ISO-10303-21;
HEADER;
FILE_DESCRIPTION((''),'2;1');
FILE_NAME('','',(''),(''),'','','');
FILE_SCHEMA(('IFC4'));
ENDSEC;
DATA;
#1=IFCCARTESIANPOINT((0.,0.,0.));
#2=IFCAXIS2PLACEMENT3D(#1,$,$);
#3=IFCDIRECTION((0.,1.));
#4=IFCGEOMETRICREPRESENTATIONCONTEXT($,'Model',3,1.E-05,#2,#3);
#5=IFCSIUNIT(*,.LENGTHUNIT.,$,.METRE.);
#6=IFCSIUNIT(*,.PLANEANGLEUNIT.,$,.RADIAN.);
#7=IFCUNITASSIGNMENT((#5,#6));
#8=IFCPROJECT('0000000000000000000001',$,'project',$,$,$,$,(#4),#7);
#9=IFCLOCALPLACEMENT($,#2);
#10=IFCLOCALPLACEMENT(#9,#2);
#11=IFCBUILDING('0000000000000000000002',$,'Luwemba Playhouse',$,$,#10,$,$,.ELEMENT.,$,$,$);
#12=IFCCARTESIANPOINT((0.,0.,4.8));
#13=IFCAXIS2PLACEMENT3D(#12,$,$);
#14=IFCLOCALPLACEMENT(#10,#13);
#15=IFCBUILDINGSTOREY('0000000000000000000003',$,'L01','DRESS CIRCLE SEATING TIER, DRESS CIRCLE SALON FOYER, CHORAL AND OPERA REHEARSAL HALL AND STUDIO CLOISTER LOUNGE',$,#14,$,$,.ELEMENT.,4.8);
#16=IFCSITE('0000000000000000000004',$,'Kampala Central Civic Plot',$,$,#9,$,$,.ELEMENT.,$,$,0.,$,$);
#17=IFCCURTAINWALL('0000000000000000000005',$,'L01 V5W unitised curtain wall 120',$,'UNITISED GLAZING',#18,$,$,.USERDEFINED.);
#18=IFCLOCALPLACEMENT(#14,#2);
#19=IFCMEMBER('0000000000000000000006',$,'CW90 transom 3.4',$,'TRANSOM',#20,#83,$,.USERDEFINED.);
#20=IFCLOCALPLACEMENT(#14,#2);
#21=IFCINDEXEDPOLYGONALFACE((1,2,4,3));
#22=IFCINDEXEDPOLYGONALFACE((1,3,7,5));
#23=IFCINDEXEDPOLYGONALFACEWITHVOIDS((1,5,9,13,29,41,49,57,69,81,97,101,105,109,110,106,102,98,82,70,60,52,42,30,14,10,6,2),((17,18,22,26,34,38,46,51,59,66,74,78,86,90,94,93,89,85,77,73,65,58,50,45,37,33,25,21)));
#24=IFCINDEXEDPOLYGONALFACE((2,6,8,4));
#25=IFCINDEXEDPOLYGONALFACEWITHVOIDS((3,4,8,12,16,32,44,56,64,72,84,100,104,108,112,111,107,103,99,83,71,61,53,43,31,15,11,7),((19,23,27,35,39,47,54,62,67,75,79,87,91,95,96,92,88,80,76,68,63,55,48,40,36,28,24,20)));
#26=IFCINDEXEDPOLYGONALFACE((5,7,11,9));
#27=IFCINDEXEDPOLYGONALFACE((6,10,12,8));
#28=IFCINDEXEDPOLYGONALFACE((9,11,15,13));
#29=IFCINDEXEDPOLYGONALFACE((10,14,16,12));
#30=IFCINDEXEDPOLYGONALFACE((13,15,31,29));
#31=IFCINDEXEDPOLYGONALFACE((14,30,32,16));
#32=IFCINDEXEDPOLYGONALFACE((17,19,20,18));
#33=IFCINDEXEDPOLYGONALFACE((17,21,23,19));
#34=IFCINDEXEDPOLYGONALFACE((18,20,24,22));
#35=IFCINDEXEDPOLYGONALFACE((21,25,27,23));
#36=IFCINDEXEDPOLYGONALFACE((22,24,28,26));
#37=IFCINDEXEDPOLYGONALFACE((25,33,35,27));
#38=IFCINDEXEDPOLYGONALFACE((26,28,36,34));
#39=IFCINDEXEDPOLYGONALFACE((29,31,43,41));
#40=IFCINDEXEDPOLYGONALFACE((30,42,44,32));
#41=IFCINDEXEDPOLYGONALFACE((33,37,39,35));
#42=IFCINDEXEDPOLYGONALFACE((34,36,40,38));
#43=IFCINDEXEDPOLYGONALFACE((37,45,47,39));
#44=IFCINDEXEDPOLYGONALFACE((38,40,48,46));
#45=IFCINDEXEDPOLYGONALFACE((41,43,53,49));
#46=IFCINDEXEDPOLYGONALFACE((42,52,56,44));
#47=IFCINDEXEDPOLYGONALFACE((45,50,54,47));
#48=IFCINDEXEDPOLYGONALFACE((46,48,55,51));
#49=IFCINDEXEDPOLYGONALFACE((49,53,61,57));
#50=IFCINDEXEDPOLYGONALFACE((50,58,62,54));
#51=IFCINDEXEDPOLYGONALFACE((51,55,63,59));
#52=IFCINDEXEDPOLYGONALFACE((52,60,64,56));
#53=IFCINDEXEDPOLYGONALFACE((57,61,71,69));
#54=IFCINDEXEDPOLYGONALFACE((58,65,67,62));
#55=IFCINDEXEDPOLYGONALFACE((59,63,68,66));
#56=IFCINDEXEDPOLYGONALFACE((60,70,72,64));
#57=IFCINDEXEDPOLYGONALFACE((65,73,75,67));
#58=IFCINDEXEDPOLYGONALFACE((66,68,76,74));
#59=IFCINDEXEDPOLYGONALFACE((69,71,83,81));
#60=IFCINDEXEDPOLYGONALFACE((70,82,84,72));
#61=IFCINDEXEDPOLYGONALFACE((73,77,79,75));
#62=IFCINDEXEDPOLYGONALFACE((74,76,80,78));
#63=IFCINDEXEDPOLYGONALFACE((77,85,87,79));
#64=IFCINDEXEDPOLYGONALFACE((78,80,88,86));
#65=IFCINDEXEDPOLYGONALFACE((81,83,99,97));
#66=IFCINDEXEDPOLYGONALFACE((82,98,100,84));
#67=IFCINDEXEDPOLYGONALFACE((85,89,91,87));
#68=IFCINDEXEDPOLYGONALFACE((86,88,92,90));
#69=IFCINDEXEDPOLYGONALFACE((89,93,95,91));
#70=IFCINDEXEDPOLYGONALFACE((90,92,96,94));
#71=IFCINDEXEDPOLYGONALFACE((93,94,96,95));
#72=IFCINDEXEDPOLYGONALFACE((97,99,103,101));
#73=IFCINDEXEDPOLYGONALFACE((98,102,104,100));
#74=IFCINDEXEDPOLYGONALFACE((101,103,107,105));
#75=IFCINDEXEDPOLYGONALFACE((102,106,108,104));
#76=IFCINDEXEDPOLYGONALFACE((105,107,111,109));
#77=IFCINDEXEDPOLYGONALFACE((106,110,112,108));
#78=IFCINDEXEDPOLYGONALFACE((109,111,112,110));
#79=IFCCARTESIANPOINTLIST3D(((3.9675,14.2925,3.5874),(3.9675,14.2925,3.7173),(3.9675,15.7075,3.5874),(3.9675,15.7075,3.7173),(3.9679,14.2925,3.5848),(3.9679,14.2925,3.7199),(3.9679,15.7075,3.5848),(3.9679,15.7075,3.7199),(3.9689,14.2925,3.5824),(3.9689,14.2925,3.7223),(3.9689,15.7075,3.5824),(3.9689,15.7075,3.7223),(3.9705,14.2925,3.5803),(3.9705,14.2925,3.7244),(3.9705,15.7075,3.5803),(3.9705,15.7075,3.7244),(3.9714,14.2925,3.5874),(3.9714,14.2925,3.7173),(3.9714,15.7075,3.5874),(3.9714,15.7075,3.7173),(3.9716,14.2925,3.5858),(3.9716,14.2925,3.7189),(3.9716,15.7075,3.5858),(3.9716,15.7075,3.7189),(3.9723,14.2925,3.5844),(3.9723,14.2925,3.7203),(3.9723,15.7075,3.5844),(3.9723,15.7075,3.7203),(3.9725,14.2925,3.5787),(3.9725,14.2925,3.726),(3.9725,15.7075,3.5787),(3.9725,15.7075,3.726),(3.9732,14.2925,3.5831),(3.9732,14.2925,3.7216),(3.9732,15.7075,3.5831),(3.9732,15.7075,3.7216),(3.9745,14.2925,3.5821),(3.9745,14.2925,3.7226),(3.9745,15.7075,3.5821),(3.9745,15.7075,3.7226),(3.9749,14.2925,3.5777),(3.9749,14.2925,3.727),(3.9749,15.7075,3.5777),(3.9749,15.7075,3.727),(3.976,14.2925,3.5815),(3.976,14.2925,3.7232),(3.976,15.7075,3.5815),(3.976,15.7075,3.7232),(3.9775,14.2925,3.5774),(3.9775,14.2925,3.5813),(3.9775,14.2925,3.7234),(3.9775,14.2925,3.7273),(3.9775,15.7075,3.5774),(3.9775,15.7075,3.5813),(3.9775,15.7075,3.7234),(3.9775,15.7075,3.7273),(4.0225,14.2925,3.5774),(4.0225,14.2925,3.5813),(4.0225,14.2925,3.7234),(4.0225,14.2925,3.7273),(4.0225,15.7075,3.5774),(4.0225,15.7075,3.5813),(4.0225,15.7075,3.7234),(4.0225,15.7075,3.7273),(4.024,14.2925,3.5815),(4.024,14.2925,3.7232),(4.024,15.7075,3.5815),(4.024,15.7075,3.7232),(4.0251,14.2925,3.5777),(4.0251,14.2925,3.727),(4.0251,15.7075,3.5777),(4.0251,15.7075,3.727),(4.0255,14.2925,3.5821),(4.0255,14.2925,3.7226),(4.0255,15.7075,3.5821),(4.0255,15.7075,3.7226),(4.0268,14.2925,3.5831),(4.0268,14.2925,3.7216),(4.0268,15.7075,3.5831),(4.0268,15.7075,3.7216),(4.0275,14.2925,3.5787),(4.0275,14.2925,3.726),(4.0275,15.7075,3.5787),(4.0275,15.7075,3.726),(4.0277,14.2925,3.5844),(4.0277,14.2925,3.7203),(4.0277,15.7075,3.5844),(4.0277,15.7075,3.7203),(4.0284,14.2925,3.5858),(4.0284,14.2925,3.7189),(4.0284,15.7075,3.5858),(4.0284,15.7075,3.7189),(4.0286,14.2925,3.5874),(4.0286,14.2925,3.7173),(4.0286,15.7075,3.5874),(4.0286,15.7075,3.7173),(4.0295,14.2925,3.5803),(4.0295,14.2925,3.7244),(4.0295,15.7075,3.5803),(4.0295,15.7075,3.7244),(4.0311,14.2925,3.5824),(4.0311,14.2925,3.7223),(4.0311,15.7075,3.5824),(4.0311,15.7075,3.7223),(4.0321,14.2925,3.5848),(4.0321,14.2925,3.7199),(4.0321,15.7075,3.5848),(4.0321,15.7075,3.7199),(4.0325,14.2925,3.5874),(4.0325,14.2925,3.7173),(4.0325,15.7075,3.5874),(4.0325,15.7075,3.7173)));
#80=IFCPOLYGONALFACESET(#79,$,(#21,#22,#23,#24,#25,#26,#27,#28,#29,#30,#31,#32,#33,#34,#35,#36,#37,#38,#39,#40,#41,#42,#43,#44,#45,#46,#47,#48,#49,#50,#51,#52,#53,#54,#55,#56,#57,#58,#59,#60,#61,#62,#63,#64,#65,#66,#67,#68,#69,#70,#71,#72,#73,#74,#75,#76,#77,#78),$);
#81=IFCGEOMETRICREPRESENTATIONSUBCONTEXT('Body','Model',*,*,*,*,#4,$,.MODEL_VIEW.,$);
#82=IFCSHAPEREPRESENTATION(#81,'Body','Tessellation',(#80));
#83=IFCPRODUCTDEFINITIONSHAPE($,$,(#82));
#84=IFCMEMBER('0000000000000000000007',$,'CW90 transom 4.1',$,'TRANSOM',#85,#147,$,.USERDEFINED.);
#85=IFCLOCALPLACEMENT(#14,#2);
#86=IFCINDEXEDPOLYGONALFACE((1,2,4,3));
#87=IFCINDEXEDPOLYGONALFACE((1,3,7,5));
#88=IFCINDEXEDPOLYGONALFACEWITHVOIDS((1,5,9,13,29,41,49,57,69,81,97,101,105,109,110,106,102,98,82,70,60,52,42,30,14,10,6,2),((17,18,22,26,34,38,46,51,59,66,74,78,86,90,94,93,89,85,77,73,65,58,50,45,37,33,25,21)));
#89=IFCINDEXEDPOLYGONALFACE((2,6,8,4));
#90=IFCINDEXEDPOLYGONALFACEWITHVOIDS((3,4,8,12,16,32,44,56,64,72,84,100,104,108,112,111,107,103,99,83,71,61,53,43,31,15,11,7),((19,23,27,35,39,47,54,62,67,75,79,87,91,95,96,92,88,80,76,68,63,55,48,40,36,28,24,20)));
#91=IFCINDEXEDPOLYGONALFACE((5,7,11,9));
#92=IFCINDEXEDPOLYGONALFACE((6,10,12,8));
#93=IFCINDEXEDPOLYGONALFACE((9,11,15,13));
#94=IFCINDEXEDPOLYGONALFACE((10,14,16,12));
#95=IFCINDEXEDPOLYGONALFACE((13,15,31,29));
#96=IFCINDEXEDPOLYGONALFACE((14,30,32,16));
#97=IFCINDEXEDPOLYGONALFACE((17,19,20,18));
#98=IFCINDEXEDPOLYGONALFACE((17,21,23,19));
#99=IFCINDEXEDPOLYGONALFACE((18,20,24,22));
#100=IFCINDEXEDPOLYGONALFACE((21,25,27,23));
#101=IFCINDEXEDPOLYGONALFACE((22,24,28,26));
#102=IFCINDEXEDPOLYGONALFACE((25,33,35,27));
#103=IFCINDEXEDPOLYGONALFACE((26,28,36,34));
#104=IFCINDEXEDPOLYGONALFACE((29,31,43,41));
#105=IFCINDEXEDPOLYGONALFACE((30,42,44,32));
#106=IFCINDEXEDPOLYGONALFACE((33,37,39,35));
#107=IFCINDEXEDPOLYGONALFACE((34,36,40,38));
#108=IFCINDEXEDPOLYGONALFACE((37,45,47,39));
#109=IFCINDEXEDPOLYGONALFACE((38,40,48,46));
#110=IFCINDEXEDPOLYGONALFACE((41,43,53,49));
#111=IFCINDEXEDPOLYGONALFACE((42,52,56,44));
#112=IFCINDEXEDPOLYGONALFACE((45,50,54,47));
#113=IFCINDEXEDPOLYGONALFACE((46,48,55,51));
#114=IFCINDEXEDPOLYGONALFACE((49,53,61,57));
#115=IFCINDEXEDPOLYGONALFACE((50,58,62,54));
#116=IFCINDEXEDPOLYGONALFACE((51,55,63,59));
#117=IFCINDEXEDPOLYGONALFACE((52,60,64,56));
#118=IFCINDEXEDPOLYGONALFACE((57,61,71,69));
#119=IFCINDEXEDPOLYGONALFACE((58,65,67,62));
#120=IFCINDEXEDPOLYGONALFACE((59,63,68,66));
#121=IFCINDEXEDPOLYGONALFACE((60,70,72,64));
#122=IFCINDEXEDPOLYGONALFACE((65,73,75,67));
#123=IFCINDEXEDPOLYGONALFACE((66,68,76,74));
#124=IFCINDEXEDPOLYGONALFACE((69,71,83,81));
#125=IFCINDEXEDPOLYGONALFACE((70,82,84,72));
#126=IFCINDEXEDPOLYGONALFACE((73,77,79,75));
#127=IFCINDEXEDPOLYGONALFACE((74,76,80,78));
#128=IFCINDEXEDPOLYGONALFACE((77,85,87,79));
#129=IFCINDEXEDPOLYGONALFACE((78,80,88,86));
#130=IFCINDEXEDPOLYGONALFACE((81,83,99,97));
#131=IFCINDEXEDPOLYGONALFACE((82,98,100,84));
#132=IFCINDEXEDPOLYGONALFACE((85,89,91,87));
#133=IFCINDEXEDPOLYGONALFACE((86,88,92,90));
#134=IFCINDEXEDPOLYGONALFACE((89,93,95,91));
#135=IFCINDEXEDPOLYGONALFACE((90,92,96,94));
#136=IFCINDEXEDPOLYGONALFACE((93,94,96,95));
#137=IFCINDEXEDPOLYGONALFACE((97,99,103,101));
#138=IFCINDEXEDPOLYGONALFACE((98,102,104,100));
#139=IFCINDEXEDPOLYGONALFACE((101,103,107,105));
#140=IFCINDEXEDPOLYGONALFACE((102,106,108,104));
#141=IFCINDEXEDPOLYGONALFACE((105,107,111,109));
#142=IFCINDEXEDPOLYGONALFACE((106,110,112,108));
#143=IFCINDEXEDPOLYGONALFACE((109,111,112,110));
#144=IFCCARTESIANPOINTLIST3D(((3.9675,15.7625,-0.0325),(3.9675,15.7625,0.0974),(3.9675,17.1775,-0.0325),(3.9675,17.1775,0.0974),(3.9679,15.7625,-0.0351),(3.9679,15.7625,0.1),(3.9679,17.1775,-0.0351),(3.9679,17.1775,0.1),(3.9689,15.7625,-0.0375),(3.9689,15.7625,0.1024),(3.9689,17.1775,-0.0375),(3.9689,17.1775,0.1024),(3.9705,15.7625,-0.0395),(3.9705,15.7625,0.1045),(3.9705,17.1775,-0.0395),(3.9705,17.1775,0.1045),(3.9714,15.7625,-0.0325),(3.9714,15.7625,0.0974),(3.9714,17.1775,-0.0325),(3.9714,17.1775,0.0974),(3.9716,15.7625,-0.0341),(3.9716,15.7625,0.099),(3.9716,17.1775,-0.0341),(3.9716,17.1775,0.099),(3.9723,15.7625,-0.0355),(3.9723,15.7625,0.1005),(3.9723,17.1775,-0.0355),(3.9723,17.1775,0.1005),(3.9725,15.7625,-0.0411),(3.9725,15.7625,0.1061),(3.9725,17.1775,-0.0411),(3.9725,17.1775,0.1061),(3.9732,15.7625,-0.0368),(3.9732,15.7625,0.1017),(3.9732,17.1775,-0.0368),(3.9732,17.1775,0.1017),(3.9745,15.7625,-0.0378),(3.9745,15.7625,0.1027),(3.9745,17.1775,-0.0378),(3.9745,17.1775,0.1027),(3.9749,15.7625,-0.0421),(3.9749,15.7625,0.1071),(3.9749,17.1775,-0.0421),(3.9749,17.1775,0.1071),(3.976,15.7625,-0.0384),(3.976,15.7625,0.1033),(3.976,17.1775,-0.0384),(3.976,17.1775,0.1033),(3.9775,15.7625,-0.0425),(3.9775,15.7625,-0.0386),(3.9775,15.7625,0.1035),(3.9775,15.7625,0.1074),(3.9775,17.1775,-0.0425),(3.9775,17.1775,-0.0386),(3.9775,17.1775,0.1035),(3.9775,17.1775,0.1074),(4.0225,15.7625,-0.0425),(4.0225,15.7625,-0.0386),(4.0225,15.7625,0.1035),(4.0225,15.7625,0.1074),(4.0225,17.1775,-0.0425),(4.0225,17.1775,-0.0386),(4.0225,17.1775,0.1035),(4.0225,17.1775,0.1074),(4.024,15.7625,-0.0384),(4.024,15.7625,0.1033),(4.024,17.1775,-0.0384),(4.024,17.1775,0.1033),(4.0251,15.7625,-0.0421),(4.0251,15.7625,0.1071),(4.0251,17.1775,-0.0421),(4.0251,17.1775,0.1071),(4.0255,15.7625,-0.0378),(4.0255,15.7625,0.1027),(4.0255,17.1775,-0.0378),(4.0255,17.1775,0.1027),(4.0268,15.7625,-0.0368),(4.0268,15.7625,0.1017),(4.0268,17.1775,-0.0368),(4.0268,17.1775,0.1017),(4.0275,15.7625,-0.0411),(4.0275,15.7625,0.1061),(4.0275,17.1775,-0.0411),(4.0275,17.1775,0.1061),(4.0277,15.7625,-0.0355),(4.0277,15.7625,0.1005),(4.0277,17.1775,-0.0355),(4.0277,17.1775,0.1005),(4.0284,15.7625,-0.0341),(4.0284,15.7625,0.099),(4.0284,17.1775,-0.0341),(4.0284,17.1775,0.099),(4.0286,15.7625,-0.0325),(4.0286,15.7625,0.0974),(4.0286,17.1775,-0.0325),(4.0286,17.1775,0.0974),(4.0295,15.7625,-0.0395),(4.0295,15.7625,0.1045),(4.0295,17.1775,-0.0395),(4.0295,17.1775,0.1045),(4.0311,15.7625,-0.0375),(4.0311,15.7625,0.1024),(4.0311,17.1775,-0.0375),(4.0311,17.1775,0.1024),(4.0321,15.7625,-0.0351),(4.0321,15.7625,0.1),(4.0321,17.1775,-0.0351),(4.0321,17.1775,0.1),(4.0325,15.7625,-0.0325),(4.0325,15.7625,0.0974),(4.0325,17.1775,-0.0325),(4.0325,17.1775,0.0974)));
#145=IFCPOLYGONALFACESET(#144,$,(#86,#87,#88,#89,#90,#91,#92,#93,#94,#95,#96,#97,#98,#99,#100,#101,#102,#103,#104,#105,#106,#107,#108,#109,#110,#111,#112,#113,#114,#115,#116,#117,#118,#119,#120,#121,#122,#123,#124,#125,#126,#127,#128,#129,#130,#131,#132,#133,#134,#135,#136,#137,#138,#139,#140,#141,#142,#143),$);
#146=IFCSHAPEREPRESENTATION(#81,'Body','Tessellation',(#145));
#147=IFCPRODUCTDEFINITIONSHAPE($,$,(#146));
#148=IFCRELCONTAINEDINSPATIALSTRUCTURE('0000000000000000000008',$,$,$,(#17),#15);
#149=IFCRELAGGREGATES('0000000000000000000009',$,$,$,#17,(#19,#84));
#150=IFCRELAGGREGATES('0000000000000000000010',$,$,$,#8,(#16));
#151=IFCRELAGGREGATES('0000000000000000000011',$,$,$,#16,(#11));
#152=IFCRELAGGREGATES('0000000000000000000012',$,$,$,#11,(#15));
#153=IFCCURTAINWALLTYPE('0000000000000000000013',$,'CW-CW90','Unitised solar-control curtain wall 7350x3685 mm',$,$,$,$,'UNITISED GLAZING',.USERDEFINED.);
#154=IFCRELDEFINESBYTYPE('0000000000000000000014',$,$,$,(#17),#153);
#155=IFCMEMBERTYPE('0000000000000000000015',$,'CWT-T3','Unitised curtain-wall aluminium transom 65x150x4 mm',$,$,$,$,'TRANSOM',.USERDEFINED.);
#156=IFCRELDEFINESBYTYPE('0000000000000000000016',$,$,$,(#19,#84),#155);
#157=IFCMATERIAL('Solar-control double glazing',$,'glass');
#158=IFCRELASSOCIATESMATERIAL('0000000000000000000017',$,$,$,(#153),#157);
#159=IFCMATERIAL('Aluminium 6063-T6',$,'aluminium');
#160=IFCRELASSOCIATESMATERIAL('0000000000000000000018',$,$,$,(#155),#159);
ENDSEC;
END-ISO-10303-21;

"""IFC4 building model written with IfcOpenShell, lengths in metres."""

from ifc_helpers import new_model, si_unit, direction, frame, origin, origin_2d, place, context, subcontext, project, spatial, hollow_rectangle, extrude, material, material_profile, profile_set, type_object, element, aggregate, save


model = new_model("IFC4")

# Units and contexts
model_context = context("Model", 3, precision=1e-05, world=origin(), true_north=direction((0.0, 1.0)))
body_context = subcontext(model_context, "Body", "Model", "MODEL_VIEW")
ifc_project = project(units=[si_unit("LENGTHUNIT", "METRE"), si_unit("PLANEANGLEUNIT", "RADIAN")], contexts=[model_context])

# Site, building, storey
site_placement = place(None, origin())
site = spatial("IfcSite", under=ifc_project, at=site_placement, Name="Kampala Central Civic Plot", CompositionType="ELEMENT", RefElevation=0.0)
building_placement = place(site_placement, origin())
building = spatial("IfcBuilding", under=site, at=building_placement, Name="Luwemba Playhouse", CompositionType="ELEMENT")
storey_placement = place(building_placement, frame((0.0, 0.0, 4.8)))
storey = spatial("IfcBuildingStorey", under=building, at=storey_placement, Name="L01", Description="DRESS CIRCLE SEATING TIER, DRESS CIRCLE SALON FOYER, CHORAL AND OPERA REHEARSAL HALL AND STUDIO CLOISTER LOUNGE", CompositionType="ELEMENT", Elevation=4.8)

# Curtain wall, members
ifc_material_1 = material(Name="Solar-control double glazing", Category="glass")
curtain_wall_type = type_object("IfcCurtainWallType", Name="CW-CW90", Description="Unitised solar-control curtain wall 7350x3685 mm", ElementType="UNITISED GLAZING", PredefinedType="USERDEFINED", material=ifc_material_1)
curtain_wall_placement = place(storey_placement, origin())
curtain_wall = element("IfcCurtainWall", 1, at=curtain_wall_placement, inside=storey, type_object=curtain_wall_type, Name="L01 V5W unitised curtain wall 120", ObjectType="UNITISED GLAZING", PredefinedType="USERDEFINED")
ifc_material_2 = material(Name="Aluminium 6063-T6", Category="aluminium")
ifc_material_profile_1 = material_profile(ifc_material_2, hollow_rectangle(XDim=0.0649, YDim=0.1499, WallThickness=0.0039, InnerFilletRadius=0.0061, OuterFilletRadius=0.01, at=origin_2d()))
ifc_profile_set_1 = profile_set([ifc_material_profile_1], Name="Aluminium 6063-T6")
member_type_1 = type_object("IfcMemberType", Name="CWT-T3", Description="Unitised curtain-wall aluminium transom 65x150x4 mm", ElementType="TRANSOM", PredefinedType="USERDEFINED", material=ifc_profile_set_1)
member_1_placement = place(storey_placement, frame((4.0, 14.2925, 3.6523), z_axis=(0.0, 1.0, 0.0), x_axis=(-1.0, 0.0, 0.0)))
member_1 = element("IfcMember", 2, at=member_1_placement, type_object=member_type_1, Name="CW90 transom 3.4", ObjectType="TRANSOM", PredefinedType="USERDEFINED", context=body_context, shape_type="SweptSolid", body=[
    extrude(hollow_rectangle(XDim=0.0649, YDim=0.1499, WallThickness=0.0039, InnerFilletRadius=0.0061, OuterFilletRadius=0.01, at=origin_2d()), origin(), (0.0, 0.0, 1.0), 1.415),
])
member_2_placement = place(storey_placement, frame((4.0, 15.7625, 0.0325), z_axis=(0.0, 1.0, 0.0), x_axis=(-1.0, 0.0, 0.0)))
member_2 = element("IfcMember", 3, at=member_2_placement, type_object=member_type_1, Name="CW90 transom 4.1", ObjectType="TRANSOM", PredefinedType="USERDEFINED", context=body_context, shape_type="SweptSolid", body=[
    extrude(hollow_rectangle(XDim=0.0649, YDim=0.1499, WallThickness=0.0039, InnerFilletRadius=0.0061, OuterFilletRadius=0.01, at=origin_2d()), origin(), (0.0, 0.0, 1.0), 1.415),
])
aggregate(curtain_wall, [member_1, member_2])

save(model, "model.ifc")
